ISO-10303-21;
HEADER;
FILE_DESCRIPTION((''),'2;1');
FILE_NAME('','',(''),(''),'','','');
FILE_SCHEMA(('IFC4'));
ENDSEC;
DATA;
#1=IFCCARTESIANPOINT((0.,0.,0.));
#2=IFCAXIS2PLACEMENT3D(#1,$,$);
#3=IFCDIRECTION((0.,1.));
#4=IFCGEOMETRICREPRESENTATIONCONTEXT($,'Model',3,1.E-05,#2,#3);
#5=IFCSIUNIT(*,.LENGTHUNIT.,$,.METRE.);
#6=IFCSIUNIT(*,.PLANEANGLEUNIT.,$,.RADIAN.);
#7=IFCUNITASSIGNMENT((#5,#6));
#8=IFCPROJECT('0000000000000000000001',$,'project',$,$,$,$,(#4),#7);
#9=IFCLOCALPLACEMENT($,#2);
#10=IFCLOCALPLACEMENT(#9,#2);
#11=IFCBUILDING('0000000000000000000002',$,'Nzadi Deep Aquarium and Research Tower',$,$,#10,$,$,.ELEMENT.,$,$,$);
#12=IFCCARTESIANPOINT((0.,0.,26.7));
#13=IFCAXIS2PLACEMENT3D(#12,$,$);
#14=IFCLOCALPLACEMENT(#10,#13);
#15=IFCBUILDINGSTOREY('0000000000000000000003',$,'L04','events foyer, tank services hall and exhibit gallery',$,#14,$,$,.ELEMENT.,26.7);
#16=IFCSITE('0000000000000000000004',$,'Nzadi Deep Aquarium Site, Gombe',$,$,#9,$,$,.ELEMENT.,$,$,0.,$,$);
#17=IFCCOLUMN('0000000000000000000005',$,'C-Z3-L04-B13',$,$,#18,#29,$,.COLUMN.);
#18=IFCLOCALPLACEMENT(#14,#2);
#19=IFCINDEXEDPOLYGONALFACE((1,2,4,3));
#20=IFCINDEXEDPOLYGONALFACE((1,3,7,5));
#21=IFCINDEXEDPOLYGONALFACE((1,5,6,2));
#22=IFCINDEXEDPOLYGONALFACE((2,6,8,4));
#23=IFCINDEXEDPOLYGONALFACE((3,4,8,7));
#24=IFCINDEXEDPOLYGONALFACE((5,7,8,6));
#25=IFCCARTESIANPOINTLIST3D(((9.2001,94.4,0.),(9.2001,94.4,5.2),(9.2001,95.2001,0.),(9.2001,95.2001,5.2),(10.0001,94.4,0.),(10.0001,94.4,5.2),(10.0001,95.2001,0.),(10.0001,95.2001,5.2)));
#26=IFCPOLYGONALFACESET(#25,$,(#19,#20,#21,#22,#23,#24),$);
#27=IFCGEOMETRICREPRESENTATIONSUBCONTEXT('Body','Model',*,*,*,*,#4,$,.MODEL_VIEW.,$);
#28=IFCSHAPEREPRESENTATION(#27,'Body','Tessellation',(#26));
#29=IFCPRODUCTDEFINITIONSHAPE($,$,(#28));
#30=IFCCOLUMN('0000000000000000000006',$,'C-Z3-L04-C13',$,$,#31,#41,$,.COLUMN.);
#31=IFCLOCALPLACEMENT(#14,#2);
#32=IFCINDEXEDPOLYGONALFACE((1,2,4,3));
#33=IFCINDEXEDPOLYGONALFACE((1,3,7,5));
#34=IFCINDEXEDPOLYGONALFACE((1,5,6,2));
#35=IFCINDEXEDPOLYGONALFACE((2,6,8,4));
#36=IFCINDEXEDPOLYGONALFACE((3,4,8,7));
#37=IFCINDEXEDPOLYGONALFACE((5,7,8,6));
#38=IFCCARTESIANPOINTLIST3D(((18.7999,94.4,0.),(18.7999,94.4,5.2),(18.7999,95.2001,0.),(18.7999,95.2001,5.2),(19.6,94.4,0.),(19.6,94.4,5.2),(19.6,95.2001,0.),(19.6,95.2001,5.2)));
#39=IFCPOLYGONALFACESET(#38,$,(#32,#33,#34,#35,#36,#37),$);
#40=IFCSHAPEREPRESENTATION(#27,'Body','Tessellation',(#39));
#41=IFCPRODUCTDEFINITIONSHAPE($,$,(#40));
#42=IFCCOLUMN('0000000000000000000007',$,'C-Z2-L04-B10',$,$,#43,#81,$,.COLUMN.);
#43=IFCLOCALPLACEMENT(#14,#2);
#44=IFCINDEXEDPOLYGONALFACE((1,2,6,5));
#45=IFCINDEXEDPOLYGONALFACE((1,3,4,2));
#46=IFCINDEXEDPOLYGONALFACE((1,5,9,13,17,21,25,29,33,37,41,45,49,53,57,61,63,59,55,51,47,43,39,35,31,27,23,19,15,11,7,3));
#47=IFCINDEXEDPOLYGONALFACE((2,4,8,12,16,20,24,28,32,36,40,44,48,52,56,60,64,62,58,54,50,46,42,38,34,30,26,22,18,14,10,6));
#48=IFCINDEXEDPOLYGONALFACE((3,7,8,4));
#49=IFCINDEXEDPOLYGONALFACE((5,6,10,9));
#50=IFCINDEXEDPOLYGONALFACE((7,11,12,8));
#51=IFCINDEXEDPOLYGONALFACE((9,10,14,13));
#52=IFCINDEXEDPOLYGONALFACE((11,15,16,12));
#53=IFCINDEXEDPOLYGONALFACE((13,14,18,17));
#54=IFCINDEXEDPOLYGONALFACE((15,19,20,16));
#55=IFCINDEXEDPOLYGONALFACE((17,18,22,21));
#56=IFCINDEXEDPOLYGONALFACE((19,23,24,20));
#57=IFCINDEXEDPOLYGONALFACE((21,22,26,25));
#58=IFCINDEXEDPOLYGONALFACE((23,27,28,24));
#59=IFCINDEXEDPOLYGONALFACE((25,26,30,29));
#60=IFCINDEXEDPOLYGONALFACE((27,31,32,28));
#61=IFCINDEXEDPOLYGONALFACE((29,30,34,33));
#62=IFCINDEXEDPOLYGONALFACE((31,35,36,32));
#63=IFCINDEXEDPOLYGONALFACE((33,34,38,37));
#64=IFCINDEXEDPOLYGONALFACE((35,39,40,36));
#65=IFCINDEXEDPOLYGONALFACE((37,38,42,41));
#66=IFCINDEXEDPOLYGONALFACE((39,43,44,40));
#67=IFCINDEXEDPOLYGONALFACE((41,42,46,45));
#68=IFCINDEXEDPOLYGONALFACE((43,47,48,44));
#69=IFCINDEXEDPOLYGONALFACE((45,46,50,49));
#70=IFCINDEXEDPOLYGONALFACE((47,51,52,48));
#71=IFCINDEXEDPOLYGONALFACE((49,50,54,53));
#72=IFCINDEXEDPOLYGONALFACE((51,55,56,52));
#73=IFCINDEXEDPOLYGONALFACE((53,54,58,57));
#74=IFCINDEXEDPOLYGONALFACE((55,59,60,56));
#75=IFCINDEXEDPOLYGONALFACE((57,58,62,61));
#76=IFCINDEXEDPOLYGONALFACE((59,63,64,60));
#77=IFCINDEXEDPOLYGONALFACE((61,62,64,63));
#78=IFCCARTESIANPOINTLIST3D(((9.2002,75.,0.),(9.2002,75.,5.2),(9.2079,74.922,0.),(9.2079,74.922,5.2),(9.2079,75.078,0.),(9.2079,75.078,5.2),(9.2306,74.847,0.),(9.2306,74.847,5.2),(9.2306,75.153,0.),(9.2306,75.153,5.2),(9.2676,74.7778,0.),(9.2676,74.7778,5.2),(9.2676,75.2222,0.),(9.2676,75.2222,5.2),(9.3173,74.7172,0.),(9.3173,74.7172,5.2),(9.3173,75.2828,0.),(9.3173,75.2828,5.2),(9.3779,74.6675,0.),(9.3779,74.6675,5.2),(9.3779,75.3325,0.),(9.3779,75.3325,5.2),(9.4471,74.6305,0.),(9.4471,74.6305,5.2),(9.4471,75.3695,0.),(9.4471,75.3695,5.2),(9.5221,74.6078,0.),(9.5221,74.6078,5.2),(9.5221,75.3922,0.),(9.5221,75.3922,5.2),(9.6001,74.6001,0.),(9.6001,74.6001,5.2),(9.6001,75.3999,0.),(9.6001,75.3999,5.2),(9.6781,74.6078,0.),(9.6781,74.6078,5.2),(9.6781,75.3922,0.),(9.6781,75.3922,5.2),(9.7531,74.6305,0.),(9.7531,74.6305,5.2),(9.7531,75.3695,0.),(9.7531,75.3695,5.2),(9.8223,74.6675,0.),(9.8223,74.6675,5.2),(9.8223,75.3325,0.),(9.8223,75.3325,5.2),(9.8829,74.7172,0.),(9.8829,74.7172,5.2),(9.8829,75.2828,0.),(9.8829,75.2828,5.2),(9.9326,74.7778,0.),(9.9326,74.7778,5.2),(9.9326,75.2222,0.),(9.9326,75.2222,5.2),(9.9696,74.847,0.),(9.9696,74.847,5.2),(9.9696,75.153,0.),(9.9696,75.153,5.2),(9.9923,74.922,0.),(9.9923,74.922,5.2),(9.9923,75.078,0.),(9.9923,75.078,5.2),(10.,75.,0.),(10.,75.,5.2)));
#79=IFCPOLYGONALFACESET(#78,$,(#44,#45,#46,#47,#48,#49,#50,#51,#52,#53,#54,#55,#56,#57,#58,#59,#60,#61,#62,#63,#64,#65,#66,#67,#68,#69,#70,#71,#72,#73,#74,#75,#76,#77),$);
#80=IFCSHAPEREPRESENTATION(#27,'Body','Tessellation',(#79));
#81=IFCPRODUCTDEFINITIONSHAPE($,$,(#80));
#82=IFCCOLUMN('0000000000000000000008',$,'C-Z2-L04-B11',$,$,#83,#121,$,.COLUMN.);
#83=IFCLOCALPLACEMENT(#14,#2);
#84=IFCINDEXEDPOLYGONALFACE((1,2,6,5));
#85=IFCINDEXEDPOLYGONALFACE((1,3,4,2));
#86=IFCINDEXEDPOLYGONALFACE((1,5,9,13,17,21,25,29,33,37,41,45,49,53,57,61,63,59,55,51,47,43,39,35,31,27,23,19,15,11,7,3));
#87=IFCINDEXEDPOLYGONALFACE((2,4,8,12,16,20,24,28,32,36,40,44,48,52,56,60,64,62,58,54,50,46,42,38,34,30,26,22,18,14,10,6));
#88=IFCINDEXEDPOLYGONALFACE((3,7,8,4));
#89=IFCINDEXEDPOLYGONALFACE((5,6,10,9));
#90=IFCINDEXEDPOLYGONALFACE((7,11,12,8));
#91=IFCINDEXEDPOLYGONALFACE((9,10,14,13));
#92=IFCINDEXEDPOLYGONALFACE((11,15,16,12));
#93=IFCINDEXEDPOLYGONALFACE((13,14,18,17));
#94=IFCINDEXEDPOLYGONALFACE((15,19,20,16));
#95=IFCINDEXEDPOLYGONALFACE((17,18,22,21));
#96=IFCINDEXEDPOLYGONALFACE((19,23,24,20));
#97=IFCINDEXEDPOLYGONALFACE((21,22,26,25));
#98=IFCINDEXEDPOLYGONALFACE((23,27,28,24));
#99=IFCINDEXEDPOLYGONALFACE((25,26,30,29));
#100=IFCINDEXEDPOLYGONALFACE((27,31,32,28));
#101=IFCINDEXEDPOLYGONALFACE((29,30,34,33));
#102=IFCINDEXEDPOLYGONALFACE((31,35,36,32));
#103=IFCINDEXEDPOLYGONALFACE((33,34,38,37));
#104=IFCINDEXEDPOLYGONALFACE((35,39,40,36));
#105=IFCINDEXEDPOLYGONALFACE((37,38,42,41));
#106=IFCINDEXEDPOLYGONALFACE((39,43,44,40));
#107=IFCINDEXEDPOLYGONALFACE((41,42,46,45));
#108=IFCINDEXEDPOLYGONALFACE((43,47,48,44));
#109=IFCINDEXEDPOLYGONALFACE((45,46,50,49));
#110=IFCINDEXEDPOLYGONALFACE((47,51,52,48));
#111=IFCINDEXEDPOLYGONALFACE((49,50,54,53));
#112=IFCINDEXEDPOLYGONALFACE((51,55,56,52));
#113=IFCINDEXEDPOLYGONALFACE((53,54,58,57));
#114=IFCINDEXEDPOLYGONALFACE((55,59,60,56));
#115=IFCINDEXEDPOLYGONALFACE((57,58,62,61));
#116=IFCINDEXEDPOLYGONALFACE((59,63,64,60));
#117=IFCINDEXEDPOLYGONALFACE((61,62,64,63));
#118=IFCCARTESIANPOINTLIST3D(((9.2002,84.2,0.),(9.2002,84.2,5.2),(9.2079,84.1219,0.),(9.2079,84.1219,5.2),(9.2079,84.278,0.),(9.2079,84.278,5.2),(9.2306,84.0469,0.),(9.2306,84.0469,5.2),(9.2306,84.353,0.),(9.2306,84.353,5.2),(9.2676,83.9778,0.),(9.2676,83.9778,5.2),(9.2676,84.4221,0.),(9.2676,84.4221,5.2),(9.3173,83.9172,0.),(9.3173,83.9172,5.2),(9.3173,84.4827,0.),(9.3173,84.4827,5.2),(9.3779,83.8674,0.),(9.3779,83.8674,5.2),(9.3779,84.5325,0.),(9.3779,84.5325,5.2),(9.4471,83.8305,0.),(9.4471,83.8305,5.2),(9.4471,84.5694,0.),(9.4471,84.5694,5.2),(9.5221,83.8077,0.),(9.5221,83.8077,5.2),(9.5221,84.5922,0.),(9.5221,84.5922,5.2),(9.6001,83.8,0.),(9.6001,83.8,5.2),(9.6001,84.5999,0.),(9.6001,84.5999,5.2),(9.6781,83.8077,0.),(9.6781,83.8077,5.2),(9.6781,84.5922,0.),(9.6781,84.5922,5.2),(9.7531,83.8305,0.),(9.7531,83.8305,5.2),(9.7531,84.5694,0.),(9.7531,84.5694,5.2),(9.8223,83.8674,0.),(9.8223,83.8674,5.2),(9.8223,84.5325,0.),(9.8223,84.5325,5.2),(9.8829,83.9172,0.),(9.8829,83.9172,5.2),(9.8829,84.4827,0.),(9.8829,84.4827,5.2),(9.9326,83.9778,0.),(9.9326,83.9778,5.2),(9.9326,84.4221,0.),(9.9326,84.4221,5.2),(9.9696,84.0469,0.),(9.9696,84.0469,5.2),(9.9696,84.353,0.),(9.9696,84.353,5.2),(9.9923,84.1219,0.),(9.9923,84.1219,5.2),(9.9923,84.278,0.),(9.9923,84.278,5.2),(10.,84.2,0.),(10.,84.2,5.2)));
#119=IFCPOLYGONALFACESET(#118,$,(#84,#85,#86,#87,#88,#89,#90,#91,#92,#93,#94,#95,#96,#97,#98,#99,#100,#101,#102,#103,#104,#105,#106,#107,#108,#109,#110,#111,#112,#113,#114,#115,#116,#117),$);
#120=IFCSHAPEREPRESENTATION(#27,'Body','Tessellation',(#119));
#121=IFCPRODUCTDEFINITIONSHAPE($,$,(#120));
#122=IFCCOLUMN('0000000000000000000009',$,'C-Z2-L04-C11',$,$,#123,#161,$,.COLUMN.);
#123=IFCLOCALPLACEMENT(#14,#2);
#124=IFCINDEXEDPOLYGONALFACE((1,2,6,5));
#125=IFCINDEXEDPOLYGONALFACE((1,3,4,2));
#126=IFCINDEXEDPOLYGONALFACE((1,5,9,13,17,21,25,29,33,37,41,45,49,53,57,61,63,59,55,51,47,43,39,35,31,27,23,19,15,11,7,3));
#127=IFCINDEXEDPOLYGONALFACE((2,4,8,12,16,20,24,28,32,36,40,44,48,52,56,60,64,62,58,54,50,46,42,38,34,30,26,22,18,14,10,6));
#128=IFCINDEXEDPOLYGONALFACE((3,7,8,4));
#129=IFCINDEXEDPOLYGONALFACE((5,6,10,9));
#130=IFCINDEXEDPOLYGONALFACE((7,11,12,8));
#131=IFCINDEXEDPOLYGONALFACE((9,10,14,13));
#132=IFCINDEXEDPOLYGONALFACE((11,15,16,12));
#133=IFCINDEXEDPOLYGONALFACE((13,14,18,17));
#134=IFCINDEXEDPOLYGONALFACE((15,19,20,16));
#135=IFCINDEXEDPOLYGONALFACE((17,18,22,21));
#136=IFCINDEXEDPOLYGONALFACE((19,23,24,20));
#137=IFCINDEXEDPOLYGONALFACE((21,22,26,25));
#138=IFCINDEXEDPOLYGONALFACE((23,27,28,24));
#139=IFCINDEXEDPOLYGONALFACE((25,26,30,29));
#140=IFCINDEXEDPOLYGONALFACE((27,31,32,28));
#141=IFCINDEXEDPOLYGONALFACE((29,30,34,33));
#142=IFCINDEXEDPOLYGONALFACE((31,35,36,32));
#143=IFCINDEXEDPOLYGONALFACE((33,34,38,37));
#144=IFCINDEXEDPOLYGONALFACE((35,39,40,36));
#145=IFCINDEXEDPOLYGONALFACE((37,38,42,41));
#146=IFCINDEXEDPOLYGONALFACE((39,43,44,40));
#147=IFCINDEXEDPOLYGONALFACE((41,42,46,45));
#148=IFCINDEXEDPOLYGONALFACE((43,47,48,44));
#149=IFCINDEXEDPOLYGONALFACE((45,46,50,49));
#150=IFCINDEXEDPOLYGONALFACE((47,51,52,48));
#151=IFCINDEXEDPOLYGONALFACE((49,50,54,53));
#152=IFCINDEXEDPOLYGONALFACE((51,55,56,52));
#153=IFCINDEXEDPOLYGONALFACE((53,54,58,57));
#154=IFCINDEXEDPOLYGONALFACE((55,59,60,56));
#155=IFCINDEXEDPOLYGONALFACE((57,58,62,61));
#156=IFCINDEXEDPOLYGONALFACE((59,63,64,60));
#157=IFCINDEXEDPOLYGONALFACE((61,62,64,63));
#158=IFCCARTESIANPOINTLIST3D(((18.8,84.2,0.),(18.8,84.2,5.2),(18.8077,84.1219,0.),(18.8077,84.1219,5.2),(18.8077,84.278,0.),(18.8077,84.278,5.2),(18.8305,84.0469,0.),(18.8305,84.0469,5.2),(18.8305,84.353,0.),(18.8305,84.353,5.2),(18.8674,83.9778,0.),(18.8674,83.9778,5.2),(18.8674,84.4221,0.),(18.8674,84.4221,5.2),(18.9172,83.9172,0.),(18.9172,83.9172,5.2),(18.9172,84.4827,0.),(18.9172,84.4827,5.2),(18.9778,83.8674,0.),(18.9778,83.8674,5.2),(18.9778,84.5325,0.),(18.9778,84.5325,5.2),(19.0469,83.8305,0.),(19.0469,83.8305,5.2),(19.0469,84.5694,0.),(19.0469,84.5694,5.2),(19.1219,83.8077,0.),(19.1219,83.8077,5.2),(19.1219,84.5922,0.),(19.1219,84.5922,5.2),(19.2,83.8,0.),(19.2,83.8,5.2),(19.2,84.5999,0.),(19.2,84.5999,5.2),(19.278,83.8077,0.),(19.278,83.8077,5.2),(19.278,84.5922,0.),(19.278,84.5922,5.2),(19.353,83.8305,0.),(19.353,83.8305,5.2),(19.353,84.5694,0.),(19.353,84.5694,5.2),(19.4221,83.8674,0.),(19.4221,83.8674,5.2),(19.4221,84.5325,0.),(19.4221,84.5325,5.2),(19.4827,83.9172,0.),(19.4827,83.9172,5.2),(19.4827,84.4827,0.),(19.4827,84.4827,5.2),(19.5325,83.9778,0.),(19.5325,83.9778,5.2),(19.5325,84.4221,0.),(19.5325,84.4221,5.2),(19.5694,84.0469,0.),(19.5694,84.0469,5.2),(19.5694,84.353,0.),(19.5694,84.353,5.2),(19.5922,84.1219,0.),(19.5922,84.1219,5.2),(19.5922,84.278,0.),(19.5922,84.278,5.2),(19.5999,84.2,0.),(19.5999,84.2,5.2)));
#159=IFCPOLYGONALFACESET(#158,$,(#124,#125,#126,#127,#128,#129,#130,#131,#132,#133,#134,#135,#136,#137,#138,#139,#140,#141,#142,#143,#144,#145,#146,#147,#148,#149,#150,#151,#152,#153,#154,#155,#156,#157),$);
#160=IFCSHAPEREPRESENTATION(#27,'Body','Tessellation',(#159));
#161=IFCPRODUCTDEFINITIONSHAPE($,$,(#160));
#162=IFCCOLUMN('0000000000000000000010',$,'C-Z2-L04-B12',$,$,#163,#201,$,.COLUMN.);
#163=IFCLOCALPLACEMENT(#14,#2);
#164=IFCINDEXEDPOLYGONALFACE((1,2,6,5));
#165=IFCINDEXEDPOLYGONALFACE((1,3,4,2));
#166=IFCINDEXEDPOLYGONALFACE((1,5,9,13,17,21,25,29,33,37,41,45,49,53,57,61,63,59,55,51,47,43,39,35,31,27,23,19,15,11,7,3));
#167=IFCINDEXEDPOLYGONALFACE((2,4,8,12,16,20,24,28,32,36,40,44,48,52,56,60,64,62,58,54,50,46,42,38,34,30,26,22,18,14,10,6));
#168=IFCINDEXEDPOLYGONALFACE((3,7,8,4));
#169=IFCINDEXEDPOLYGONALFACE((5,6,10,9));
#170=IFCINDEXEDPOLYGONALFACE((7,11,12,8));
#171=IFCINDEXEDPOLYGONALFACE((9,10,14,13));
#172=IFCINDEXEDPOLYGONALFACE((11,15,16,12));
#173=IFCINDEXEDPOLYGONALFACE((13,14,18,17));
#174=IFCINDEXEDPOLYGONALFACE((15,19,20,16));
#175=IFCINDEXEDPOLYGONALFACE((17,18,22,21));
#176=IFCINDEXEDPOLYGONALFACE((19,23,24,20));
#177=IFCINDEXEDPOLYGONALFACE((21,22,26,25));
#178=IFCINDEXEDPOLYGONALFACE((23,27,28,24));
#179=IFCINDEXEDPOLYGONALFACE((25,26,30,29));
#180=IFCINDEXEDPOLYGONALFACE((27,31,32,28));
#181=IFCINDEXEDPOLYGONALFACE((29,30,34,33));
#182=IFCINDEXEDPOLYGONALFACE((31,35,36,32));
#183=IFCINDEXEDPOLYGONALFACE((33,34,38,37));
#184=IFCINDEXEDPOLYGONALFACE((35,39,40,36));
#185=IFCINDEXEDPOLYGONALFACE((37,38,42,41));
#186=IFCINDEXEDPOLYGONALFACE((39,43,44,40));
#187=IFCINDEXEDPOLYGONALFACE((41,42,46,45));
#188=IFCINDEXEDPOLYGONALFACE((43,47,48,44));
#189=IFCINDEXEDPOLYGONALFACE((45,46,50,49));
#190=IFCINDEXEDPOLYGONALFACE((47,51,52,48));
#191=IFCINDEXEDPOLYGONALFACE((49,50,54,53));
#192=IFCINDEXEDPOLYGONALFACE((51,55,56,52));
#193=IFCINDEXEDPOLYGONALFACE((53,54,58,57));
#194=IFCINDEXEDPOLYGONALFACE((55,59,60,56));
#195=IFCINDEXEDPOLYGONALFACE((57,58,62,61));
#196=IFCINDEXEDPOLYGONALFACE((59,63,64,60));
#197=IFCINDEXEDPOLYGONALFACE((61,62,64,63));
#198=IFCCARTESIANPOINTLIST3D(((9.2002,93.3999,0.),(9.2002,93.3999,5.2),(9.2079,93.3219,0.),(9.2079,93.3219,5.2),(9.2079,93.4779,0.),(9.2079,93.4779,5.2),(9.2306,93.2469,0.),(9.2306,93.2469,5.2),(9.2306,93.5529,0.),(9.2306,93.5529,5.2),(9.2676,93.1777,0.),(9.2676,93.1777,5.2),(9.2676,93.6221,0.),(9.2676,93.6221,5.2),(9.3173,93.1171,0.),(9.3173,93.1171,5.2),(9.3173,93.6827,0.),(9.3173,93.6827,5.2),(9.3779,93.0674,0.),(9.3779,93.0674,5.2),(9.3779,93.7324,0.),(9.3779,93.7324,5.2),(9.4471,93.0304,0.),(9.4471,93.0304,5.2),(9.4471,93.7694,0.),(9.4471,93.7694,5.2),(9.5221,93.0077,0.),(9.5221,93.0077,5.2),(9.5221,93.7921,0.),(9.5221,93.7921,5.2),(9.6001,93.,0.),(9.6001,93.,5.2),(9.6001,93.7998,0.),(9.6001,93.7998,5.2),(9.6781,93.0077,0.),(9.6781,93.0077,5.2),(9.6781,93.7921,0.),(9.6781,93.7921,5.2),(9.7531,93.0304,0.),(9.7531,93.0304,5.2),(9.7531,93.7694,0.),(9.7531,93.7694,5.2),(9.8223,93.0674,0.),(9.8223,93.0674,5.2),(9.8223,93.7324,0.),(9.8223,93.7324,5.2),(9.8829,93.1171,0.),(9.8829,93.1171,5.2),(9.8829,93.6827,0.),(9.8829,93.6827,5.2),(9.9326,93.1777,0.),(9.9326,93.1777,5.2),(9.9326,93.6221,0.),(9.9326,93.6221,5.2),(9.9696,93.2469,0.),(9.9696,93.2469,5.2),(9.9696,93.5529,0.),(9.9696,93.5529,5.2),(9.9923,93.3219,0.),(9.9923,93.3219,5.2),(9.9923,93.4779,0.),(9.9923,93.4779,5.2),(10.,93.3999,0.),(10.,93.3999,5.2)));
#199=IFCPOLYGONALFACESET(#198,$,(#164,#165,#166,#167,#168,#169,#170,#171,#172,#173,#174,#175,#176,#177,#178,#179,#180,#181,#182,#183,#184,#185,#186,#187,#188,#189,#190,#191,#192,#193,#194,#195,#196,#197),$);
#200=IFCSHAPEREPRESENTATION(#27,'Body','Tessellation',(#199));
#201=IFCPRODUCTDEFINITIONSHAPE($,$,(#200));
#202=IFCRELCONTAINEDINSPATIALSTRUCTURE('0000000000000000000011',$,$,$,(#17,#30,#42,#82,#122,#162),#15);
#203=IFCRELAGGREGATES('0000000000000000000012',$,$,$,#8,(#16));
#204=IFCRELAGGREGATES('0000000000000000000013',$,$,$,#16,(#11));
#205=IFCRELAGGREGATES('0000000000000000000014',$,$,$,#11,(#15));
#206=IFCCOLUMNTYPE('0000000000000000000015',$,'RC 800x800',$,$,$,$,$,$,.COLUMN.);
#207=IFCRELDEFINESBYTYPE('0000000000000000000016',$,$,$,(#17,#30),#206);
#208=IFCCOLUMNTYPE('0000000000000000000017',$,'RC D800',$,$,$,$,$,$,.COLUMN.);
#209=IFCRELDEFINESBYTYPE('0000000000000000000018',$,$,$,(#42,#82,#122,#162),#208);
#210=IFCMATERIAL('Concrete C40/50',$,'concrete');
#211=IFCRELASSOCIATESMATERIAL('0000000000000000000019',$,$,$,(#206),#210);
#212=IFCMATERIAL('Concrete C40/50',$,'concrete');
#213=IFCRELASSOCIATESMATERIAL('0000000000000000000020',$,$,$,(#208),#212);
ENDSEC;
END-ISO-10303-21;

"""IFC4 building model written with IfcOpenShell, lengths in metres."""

from ifc_helpers import new_model, si_unit, direction, frame, origin, origin_2d, place, context, subcontext, project, spatial, rectangle, circle, extrude, material, material_profile, profile_set, type_object, element, save


model = new_model("IFC4")

# Units and contexts
model_context = context("Model", 3, precision=1e-05, world=origin(), true_north=direction((0.0, 1.0)))
body_context = subcontext(model_context, "Body", "Model", "MODEL_VIEW")
ifc_project = project(units=[si_unit("LENGTHUNIT", "METRE"), si_unit("PLANEANGLEUNIT", "RADIAN")], contexts=[model_context])

# Site, building, storey
site_placement = place(None, origin())
site = spatial("IfcSite", under=ifc_project, at=site_placement, Name="Nzadi Deep Aquarium Site, Gombe", CompositionType="ELEMENT", RefElevation=0.0)
building_placement = place(site_placement, origin())
building = spatial("IfcBuilding", under=site, at=building_placement, Name="Nzadi Deep Aquarium and Research Tower", CompositionType="ELEMENT")
storey_placement = place(building_placement, frame((0.0, 0.0, 26.7)))
storey = spatial("IfcBuildingStorey", under=building, at=storey_placement, Name="L04", Description="events foyer, tank services hall and exhibit gallery", CompositionType="ELEMENT", Elevation=26.7)

# Columns
ifc_material_1 = material(Name="Concrete C40/50", Category="concrete")
ifc_material_profile_1 = material_profile(ifc_material_1, rectangle(XDim=0.8, YDim=0.8, at=origin_2d()))
ifc_profile_set_1 = profile_set([ifc_material_profile_1], Name="Concrete C40/50")
column_type_1 = type_object("IfcColumnType", Name="RC 800x800", PredefinedType="COLUMN", material=ifc_profile_set_1)
for number, where, z_axis, x_axis, name in (
    (1, (9.6001, 94.8, 0.0), (0.0, 0.0, 1.0), (1.0, 0.0, 0.0), "C-Z3-L04-B13"),
    (2, (19.2, 94.8, 0.0), (0.0, 0.0, 1.0), (1.0, 0.0, 0.0), "C-Z3-L04-C13"),
):
    element("IfcColumn", number, at=place(storey_placement, frame(where, z_axis=z_axis, x_axis=x_axis)), inside=storey, type_object=column_type_1, Name=name, PredefinedType="COLUMN", context=body_context, shape_type="SweptSolid", body=[
        extrude(rectangle(XDim=0.8, YDim=0.8, at=origin_2d()), origin(), (0.0, 0.0, 1.0), 5.2),
    ])
ifc_material_2 = material(Name="Concrete C40/50", Category="concrete")
ifc_material_profile_2 = material_profile(ifc_material_2, circle(Radius=0.3999, at=origin_2d()))
ifc_profile_set_2 = profile_set([ifc_material_profile_2], Name="Concrete C40/50")
column_type_2 = type_object("IfcColumnType", Name="RC D800", PredefinedType="COLUMN", material=ifc_profile_set_2)
for number, where, z_axis, x_axis, name in (
    (3, (9.6001, 75.0, 0.0), (0.0, 0.0, 1.0), (1.0, 0.0, 0.0), "C-Z2-L04-B10"),
    (4, (9.6001, 84.2, 0.0), (0.0, 0.0, 1.0), (1.0, 0.0, 0.0), "C-Z2-L04-B11"),
    (5, (19.2, 84.2, 0.0), (0.0, 0.0, 1.0), (1.0, 0.0, 0.0), "C-Z2-L04-C11"),
    (6, (9.6001, 93.3999, 0.0), (0.0, 0.0, 1.0), (1.0, 0.0, 0.0), "C-Z2-L04-B12"),
):
    element("IfcColumn", number, at=place(storey_placement, frame(where, z_axis=z_axis, x_axis=x_axis)), inside=storey, type_object=column_type_2, Name=name, PredefinedType="COLUMN", context=body_context, shape_type="SweptSolid", body=[
        extrude(circle(Radius=0.3999, at=origin_2d()), origin(), (0.0, 0.0, 1.0), 5.2),
    ])

save(model, "model.ifc")
